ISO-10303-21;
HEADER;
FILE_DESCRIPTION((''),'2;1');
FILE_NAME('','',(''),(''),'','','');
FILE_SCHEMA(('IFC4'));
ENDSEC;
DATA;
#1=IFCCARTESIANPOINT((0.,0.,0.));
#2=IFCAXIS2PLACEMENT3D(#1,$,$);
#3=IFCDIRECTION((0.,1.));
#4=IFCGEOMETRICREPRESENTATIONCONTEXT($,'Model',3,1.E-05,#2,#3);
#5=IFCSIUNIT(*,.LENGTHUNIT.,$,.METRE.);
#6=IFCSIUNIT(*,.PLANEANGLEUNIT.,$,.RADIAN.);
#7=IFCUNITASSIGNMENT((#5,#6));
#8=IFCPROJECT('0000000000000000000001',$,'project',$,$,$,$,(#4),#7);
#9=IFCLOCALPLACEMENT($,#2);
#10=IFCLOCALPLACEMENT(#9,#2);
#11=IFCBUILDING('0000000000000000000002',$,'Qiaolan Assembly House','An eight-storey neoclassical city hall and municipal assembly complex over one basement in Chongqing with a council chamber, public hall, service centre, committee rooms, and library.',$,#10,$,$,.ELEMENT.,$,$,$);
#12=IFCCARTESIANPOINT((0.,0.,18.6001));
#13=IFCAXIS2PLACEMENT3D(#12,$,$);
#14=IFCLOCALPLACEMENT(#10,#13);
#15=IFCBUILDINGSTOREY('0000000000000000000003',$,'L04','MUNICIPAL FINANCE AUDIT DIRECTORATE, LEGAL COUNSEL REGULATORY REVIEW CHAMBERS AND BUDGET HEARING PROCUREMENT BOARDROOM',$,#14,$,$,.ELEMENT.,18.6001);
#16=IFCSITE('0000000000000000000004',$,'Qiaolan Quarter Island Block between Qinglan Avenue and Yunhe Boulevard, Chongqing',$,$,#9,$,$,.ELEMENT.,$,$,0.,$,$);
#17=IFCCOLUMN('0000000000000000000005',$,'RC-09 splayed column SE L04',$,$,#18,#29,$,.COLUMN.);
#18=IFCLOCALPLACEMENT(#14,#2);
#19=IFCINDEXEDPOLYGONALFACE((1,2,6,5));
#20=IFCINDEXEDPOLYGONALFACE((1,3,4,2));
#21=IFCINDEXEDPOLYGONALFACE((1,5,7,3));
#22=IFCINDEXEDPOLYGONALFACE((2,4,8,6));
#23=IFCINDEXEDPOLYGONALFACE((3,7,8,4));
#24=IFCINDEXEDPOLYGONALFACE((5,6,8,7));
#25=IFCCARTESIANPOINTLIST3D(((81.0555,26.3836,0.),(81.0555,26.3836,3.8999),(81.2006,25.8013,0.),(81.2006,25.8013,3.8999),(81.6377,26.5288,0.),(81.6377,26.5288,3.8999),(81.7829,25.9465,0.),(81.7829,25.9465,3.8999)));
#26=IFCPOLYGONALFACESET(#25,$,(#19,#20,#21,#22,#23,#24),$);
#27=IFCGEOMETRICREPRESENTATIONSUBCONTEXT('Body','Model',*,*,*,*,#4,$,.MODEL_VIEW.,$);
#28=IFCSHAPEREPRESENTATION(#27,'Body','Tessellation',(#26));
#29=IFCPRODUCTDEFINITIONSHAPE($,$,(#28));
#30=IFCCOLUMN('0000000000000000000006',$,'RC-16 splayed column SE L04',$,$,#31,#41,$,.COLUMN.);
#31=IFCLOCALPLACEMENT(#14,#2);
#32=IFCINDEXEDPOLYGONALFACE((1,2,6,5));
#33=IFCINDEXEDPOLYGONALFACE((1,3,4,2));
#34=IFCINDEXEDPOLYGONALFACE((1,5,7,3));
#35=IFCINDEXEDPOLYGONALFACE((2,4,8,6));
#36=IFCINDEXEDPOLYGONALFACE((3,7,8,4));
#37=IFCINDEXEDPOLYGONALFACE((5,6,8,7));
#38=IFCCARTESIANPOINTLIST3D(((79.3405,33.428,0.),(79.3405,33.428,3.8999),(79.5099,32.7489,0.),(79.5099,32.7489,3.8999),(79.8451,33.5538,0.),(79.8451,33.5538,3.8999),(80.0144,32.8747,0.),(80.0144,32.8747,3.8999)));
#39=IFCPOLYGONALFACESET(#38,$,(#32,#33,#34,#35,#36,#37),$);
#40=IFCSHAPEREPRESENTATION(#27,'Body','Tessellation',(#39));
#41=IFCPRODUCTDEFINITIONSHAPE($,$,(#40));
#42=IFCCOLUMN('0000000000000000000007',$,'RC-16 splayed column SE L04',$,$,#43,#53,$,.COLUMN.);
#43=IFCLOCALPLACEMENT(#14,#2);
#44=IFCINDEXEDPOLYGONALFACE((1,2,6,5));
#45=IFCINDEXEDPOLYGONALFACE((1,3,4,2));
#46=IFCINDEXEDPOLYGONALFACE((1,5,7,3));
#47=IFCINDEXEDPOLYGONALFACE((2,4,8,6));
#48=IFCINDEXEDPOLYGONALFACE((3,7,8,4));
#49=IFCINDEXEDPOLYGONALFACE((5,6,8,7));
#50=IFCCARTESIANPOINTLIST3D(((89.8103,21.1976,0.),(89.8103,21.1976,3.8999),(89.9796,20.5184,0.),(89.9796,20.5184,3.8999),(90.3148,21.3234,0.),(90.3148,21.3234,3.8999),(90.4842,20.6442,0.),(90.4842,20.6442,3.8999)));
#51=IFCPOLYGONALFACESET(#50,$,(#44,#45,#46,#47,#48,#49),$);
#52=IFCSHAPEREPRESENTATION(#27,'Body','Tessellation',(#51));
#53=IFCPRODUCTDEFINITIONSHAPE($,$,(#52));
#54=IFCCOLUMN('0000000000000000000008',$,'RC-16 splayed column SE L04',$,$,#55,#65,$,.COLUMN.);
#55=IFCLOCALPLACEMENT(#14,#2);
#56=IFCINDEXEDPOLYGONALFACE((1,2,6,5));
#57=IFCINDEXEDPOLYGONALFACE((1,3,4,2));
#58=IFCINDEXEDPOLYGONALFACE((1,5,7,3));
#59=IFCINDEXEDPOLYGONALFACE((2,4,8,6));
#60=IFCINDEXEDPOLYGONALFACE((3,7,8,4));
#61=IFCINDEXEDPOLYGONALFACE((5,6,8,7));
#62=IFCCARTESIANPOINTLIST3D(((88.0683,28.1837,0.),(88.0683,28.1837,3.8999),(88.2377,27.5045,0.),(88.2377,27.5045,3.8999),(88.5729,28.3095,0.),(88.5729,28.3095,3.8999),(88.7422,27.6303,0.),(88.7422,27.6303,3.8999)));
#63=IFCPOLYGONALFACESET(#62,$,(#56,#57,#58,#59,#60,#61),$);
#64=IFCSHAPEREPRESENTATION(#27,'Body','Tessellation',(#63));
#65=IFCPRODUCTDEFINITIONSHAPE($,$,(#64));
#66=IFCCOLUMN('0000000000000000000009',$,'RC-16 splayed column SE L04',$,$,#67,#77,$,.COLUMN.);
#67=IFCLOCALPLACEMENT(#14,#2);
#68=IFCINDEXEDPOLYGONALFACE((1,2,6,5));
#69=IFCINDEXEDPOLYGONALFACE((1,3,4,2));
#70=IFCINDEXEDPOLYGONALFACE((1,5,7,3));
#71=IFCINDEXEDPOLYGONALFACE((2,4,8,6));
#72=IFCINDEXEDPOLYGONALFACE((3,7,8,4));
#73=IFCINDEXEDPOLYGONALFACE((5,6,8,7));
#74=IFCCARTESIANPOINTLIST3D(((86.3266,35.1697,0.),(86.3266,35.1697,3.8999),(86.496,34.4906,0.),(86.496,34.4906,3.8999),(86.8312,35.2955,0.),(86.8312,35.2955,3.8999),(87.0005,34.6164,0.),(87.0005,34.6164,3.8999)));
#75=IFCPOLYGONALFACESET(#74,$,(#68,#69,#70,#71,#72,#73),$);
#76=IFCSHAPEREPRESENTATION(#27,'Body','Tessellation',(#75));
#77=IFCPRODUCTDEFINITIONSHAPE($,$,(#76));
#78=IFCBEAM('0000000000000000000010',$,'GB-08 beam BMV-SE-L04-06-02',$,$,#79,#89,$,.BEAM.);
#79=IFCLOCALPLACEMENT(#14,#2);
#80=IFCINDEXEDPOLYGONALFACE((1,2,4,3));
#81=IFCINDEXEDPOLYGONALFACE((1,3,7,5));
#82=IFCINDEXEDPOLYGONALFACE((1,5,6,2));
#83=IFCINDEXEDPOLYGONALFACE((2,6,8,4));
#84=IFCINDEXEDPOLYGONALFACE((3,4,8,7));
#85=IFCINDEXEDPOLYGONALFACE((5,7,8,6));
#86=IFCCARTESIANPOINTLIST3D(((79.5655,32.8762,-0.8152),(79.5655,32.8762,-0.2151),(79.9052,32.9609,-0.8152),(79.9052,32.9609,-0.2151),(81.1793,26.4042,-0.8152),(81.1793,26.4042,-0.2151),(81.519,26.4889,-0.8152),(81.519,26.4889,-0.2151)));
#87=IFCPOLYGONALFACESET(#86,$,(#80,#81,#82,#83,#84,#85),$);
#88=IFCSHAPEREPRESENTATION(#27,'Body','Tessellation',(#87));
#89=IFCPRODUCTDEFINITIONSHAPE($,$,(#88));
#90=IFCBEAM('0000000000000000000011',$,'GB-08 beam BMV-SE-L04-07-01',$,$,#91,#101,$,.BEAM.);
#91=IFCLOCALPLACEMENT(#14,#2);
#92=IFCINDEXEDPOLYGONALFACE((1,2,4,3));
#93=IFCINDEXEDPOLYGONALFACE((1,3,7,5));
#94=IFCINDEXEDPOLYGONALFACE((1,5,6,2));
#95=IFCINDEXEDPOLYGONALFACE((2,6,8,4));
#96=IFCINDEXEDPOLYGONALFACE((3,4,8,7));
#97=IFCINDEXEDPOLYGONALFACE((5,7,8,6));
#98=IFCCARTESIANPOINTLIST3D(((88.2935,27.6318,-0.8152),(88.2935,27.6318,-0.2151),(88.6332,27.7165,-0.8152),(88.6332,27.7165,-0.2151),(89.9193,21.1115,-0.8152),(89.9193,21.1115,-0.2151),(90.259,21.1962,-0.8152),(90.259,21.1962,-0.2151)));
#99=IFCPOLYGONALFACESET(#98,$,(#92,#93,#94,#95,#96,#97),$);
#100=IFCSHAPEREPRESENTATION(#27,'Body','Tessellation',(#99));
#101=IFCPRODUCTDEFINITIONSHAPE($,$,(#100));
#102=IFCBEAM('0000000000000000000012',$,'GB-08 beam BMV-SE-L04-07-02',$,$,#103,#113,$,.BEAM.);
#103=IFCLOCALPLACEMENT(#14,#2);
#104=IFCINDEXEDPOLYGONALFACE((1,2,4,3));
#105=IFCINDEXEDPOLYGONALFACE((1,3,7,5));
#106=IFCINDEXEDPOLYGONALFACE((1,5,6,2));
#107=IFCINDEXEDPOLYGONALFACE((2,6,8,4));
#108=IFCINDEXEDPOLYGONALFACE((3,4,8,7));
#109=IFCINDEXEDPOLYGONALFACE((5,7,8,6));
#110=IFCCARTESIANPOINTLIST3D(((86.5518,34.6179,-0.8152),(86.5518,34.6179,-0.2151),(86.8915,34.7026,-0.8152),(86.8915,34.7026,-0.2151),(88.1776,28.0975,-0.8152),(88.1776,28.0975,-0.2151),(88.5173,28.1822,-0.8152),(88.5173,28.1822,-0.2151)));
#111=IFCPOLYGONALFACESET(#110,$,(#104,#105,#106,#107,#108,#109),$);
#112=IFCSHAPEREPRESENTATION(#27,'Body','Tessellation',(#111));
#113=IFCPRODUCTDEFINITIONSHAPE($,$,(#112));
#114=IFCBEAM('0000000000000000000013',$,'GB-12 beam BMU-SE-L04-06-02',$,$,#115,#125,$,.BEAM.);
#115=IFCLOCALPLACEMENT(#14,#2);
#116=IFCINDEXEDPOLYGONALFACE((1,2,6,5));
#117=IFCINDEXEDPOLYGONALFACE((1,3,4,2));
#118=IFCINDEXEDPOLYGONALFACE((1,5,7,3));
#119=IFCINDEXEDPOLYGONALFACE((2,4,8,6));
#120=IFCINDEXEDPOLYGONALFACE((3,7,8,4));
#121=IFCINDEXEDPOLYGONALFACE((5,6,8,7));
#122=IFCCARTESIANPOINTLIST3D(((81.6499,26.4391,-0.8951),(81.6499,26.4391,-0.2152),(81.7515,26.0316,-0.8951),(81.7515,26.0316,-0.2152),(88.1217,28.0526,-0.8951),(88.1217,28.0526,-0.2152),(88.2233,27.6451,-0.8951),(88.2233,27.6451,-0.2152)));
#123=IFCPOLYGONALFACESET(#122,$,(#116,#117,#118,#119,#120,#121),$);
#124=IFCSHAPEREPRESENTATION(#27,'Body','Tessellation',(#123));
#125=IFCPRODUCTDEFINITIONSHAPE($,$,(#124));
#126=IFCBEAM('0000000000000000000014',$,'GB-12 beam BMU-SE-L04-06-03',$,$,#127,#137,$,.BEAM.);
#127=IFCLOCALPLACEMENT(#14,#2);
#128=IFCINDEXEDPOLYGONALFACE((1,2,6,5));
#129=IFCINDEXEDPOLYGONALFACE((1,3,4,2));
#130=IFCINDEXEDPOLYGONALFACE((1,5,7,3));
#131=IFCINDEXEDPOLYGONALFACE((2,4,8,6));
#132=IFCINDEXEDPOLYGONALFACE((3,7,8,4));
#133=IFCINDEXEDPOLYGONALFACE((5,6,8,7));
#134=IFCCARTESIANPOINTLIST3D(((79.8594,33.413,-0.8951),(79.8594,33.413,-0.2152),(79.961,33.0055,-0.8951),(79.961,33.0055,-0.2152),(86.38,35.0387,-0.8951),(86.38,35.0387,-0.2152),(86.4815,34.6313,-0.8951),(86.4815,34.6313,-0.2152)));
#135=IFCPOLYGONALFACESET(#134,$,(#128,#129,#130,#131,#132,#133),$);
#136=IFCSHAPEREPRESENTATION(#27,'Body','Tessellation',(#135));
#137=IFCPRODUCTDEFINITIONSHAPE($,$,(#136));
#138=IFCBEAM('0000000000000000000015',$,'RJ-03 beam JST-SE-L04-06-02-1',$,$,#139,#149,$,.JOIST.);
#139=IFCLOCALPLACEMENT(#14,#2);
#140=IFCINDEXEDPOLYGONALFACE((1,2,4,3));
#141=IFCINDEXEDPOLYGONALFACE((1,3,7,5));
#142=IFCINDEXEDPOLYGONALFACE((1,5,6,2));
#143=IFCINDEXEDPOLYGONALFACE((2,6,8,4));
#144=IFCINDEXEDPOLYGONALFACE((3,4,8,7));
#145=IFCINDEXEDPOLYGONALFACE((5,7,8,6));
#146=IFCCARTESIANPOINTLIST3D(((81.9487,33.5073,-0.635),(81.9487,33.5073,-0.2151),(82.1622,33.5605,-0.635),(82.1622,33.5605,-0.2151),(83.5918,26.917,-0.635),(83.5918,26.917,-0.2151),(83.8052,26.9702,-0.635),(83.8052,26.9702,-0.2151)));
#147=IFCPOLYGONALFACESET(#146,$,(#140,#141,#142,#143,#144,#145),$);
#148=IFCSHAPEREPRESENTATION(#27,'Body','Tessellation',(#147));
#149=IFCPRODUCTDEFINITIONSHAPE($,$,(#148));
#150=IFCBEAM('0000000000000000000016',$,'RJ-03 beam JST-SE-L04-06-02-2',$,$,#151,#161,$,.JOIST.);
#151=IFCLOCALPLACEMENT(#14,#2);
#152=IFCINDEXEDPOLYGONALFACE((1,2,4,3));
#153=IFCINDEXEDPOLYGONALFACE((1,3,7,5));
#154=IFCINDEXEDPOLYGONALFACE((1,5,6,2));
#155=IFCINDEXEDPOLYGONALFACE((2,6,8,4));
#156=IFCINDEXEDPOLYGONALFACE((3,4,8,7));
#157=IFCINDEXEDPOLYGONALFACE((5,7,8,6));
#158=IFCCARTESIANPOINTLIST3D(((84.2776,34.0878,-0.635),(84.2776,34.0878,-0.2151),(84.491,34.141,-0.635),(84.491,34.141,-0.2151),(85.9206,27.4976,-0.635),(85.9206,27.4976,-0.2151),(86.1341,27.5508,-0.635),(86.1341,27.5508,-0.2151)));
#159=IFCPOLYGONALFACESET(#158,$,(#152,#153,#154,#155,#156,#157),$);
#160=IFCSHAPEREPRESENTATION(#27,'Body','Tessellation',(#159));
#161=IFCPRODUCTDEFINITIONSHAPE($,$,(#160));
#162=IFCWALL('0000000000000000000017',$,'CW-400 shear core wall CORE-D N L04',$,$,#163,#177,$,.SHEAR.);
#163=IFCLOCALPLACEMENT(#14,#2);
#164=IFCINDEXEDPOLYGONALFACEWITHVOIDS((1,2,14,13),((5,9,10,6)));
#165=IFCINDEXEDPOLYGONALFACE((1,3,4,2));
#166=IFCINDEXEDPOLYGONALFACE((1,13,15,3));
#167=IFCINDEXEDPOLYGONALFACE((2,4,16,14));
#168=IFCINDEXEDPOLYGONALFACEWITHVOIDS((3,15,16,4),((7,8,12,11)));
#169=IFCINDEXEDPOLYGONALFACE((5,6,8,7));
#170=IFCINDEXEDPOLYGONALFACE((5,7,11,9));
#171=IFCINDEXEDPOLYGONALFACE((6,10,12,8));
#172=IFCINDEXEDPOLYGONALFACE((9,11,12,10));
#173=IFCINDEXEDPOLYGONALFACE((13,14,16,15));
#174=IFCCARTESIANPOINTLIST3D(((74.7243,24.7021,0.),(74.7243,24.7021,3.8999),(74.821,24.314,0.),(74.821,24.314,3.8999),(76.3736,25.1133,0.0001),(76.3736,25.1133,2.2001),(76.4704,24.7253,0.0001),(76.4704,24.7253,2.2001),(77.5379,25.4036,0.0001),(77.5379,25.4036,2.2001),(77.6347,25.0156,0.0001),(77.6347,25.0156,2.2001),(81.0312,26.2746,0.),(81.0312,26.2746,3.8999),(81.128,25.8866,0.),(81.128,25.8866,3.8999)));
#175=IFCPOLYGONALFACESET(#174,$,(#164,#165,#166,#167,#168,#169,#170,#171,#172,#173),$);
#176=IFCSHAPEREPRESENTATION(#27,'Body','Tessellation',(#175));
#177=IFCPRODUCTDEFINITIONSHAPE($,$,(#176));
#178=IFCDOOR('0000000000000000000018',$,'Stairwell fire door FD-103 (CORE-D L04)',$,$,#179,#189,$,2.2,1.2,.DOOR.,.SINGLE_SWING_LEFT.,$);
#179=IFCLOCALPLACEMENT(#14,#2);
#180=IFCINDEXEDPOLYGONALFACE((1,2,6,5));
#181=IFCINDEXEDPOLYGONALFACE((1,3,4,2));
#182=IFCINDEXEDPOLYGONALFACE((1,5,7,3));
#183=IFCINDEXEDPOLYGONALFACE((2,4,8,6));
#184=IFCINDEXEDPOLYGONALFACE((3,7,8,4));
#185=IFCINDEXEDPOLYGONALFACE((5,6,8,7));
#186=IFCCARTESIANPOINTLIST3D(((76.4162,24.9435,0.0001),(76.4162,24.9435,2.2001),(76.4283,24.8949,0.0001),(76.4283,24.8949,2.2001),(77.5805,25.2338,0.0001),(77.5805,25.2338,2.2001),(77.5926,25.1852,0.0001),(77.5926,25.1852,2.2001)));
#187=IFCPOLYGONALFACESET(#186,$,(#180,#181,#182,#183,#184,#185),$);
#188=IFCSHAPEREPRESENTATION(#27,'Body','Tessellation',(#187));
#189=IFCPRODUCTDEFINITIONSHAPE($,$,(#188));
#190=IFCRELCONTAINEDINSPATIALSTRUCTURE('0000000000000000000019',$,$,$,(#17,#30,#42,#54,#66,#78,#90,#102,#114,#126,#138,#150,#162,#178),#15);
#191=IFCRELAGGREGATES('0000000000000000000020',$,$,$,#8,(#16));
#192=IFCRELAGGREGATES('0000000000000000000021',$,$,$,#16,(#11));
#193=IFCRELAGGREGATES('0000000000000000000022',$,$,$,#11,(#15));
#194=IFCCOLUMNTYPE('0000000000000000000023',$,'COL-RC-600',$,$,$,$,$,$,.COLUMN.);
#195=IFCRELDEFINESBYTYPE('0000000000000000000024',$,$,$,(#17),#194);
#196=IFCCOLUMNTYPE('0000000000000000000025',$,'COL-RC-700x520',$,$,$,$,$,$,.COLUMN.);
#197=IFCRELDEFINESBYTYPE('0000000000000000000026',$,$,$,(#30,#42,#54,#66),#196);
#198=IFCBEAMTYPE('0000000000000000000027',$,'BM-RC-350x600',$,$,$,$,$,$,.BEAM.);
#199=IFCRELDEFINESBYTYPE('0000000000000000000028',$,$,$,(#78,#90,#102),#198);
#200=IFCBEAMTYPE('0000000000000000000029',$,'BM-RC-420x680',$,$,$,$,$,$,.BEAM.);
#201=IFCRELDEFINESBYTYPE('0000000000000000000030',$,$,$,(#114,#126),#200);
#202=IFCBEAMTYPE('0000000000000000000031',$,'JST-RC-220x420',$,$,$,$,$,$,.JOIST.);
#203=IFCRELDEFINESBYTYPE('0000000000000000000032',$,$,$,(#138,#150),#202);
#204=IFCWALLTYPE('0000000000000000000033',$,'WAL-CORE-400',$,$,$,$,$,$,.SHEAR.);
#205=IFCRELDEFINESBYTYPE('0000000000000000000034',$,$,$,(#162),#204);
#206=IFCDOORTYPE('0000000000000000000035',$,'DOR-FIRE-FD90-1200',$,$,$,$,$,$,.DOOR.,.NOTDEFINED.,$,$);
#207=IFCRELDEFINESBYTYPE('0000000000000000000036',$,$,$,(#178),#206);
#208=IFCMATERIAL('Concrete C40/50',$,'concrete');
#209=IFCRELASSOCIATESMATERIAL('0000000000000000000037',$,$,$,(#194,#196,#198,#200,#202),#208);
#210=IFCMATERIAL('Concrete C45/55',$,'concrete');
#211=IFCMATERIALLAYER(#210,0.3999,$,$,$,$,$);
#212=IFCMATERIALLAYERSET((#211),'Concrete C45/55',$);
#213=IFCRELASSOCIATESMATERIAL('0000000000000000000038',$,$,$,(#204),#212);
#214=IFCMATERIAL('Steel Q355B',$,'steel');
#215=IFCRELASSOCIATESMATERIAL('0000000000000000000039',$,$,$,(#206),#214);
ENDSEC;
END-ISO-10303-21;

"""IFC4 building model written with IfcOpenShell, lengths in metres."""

from ifc_helpers import new_model, si_unit, direction, frame, frame_2d, origin, origin_2d, place, context, subcontext, project, spatial, rectangle, extrude, material, layer, layer_set, material_profile, profile_set, type_object, element, fill, save


model = new_model("IFC4")

# Units and contexts
model_context = context("Model", 3, precision=1e-05, world=origin(), true_north=direction((0.0, 1.0)))
body_context = subcontext(model_context, "Body", "Model", "MODEL_VIEW")
ifc_project = project(units=[si_unit("LENGTHUNIT", "METRE"), si_unit("PLANEANGLEUNIT", "RADIAN")], contexts=[model_context])

# Site, building, storey
site_placement = place(None, origin())
site = spatial("IfcSite", under=ifc_project, at=site_placement, Name="Qiaolan Quarter Island Block between Qinglan Avenue and Yunhe Boulevard, Chongqing", CompositionType="ELEMENT", RefElevation=0.0)
building_placement = place(site_placement, origin())
building = spatial("IfcBuilding", under=site, at=building_placement, Name="Qiaolan Assembly House", Description="An eight-storey neoclassical city hall and municipal assembly complex over one basement in Chongqing with a council chamber, public hall, service centre, committee rooms, and library.", CompositionType="ELEMENT")
storey_placement = place(building_placement, frame((0.0, 0.0, 18.6001)))
storey = spatial("IfcBuildingStorey", under=building, at=storey_placement, Name="L04", Description="MUNICIPAL FINANCE AUDIT DIRECTORATE, LEGAL COUNSEL REGULATORY REVIEW CHAMBERS AND BUDGET HEARING PROCUREMENT BOARDROOM", CompositionType="ELEMENT", Elevation=18.6001)

# Columns
ifc_material_1 = material(Name="Concrete C40/50", Category="concrete")
ifc_material_profile_1 = material_profile(ifc_material_1, rectangle(XDim=0.6001, YDim=0.6001, at=origin_2d()), Name="RC 600x600")
ifc_profile_set_1 = profile_set([ifc_material_profile_1], Name="Concrete C40/50")
column_type_1 = type_object("IfcColumnType", Name="COL-RC-600", PredefinedType="COLUMN", material=ifc_profile_set_1)
column_placement = place(storey_placement, frame((81.4192, 26.165, 0.0), z_axis=(0.0, 0.0, 1.0), x_axis=(0.970296, 0.241922, 0.0)))
element("IfcColumn", 1, at=column_placement, inside=storey, type_object=column_type_1, Name="RC-09 splayed column SE L04", PredefinedType="COLUMN", context=body_context, shape_type="SweptSolid", body=[
    extrude(rectangle(XDim=0.6001, YDim=0.6001, at=origin_2d()), origin(), (0.0, 0.0, 1.0), 3.8999),
])
ifc_material_profile_2 = material_profile(ifc_material_1, rectangle(XDim=0.52, YDim=0.7, at=origin_2d()), Name="RC 700x520")
ifc_profile_set_2 = profile_set([ifc_material_profile_2], Name="Concrete C40/50")
column_type_2 = type_object("IfcColumnType", Name="COL-RC-700x520", PredefinedType="COLUMN", material=ifc_profile_set_2)
for number, where, z_axis, x_axis, name in (
    (2, (79.6775, 33.1514, 0.0), (0.0, 0.0, 1.0), (0.970296, 0.241922, 0.0), "RC-16 splayed column SE L04"),
    (3, (90.1472, 20.9209, 0.0), (0.0, 0.0, 1.0), (0.970296, 0.241922, 0.0), "RC-16 splayed column SE L04"),
    (4, (88.4053, 27.907, 0.0), (0.0, 0.0, 1.0), (0.970296, 0.241922, 0.0), "RC-16 splayed column SE L04"),
    (5, (86.6636, 34.8931, 0.0), (0.0, 0.0, 1.0), (0.970296, 0.241922, 0.0), "RC-16 splayed column SE L04"),
):
    element("IfcColumn", number, at=place(storey_placement, frame(where, z_axis=z_axis, x_axis=x_axis)), inside=storey, type_object=column_type_2, Name=name, PredefinedType="COLUMN", context=body_context, shape_type="SweptSolid", body=[
        extrude(rectangle(XDim=0.52, YDim=0.7, at=origin_2d()), origin(), (0.0, 0.0, 1.0), 3.8999),
    ])

# Beams
ifc_material_profile_3 = material_profile(ifc_material_1, rectangle(XDim=0.3501, YDim=0.6001, at=origin_2d()), Name="RCB 350x600")
ifc_profile_set_3 = profile_set([ifc_material_profile_3], Name="Concrete C40/50")
beam_type_1 = type_object("IfcBeamType", Name="BM-RC-350x600", PredefinedType="BEAM", material=ifc_profile_set_3)
beam_1_placement = place(storey_placement, frame((81.3491, 26.4465, -0.5151), z_axis=(-0.241941, 0.970291, 0.0), x_axis=(-0.970291, -0.241941, 0.0)))
element("IfcBeam", 6, at=beam_1_placement, inside=storey, type_object=beam_type_1, Name="GB-08 beam BMV-SE-L04-06-02", PredefinedType="BEAM", context=body_context, shape_type="SweptSolid", body=[
    extrude(rectangle(XDim=0.3501, YDim=0.6001, at=origin_2d()), origin(), (0.0, 0.0, 1.0), 6.6702),
])
for number, where, z_axis, x_axis, name in (
    (7, (90.0891, 21.1538, -0.5151), (-0.241929, 0.970294, 0.0), (-0.970294, -0.241929, 0.0), "GB-08 beam BMV-SE-L04-07-01"),
    (8, (88.3474, 28.1399, -0.5151), (-0.241929, 0.970294, 0.0), (-0.970294, -0.241929, 0.0), "GB-08 beam BMV-SE-L04-07-02"),
):
    element("IfcBeam", number, at=place(storey_placement, frame(where, z_axis=z_axis, x_axis=x_axis)), inside=storey, type_object=beam_type_1, Name=name, PredefinedType="BEAM", context=body_context, shape_type="SweptSolid", body=[
        extrude(rectangle(XDim=0.3501, YDim=0.6001, at=origin_2d()), origin(), (0.0, 0.0, 1.0), 6.72),
    ])
ifc_material_profile_4 = material_profile(ifc_material_1, rectangle(XDim=0.4199, YDim=0.6799, at=origin_2d()), Name="RCB 420x680")
ifc_profile_set_4 = profile_set([ifc_material_profile_4], Name="Concrete C40/50")
beam_type_2 = type_object("IfcBeamType", Name="BM-RC-420x680", PredefinedType="BEAM", material=ifc_profile_set_4)
beam_2_placement = place(storey_placement, frame((81.7007, 26.2354, -0.5552), z_axis=(0.970299, 0.241907, 0.0), x_axis=(-0.241907, 0.970299, 0.0)))
element("IfcBeam", 9, at=beam_2_placement, inside=storey, type_object=beam_type_2, Name="GB-12 beam BMU-SE-L04-06-02", PredefinedType="BEAM", context=body_context, shape_type="SweptSolid", body=[
    extrude(rectangle(XDim=0.4199, YDim=0.6799, at=origin_2d()), origin(), (0.0, 0.0, 1.0), 6.6699),
])
beam_3_placement = place(storey_placement, frame((79.9102, 33.2092, -0.5552), z_axis=(0.970296, 0.24192, 0.0), x_axis=(-0.24192, 0.970296, 0.0)))
element("IfcBeam", 10, at=beam_3_placement, inside=storey, type_object=beam_type_2, Name="GB-12 beam BMU-SE-L04-06-03", PredefinedType="BEAM", context=body_context, shape_type="SweptSolid", body=[
    extrude(rectangle(XDim=0.4199, YDim=0.6799, at=origin_2d()), origin(), (0.0, 0.0, 1.0), 6.7202),
])
ifc_material_profile_5 = material_profile(ifc_material_1, rectangle(XDim=0.22, YDim=0.4199, at=origin_2d()), Name="RCB 220x420")
ifc_profile_set_5 = profile_set([ifc_material_profile_5], Name="Concrete C40/50")
beam_type_3 = type_object("IfcBeamType", Name="JST-RC-220x420", PredefinedType="JOIST", material=ifc_profile_set_5)
for number, where, z_axis, x_axis, name in (
    (11, (83.6985, 26.9436, -0.425), (-0.24191, 0.970299, 0.0), (-0.970299, -0.24191, 0.0), "RJ-03 beam JST-SE-L04-06-02-1"),
    (12, (86.0273, 27.5242, -0.425), (-0.24191, 0.970299, 0.0), (-0.970299, -0.24191, 0.0), "RJ-03 beam JST-SE-L04-06-02-2"),
):
    element("IfcBeam", number, at=place(storey_placement, frame(where, z_axis=z_axis, x_axis=x_axis)), inside=storey, type_object=beam_type_3, Name=name, PredefinedType="JOIST", context=body_context, shape_type="SweptSolid", body=[
        extrude(rectangle(XDim=0.22, YDim=0.4199, at=origin_2d()), origin(), (0.0, 0.0, 1.0), 6.792),
    ])

# Wall, opening, door
ifc_material_2 = material(Name="Concrete C45/55", Category="concrete")
ifc_layer_1 = layer(ifc_material_2, 0.3999)
ifc_layer_set_1 = layer_set([ifc_layer_1], Name="Concrete C45/55")
wall_type_1 = type_object("IfcWallType", Name="WAL-CORE-400", PredefinedType="SHEAR", material=ifc_layer_set_1)
wall_1_placement = place(storey_placement, frame((81.0796, 26.0806, 0.0), z_axis=(0.0, 0.0, 1.0), x_axis=(-0.970295, -0.241926, 0.0)))
wall_1 = element("IfcWall", 13, at=wall_1_placement, inside=storey, type_object=wall_type_1, Name="CW-400 shear core wall CORE-D N L04", PredefinedType="SHEAR", context=body_context, shape_type="SweptSolid", body=[
    extrude(rectangle(XDim=6.5, YDim=0.3999, at=frame_2d((3.25, 0.0))), origin(), (0.0, 0.0, 1.0), 3.8999),
])
opening_1_placement = place(wall_1_placement, frame((3.6001, 0.0, 0.0)))
opening_1 = element("IfcOpeningElement", 14, at=opening_1_placement, cuts=wall_1, PredefinedType="OPENING", context=body_context, shape_type="SweptSolid", body=[
    extrude(rectangle(XDim=1.2, YDim=2.2, at=frame_2d((0.6001, 1.1001))), frame((0.0, 0.21, 0.0), z_axis=(0.0, -1.0, 0.0), x_axis=(1.0, 0.0, 0.0)), (0.0, 0.0, 1.0), 0.4199),
])
ifc_material_3 = material(Name="Steel Q355B", Category="steel")
door_type_1 = type_object("IfcDoorType", Name="DOR-FIRE-FD90-1200", OperationType="NOTDEFINED", PredefinedType="DOOR", material=ifc_material_3)
door_1_placement = place(opening_1_placement, frame((1.2, 0.0, 0.0), z_axis=(0.0, 0.0, 1.0), x_axis=(-1.0, 0.0, 0.0)))
door_1 = element("IfcDoor", 15, at=door_1_placement, inside=storey, type_object=door_type_1, Name="Stairwell fire door FD-103 (CORE-D L04)", OperationType="SINGLE_SWING_LEFT", OverallHeight=2.2, OverallWidth=1.2, PredefinedType="DOOR", context=body_context, shape_type="SweptSolid", body=[
    extrude(rectangle(XDim=1.2, YDim=2.2, at=frame_2d((0.6001, 1.1001))), frame((0.0, 0.0249, 0.0), z_axis=(0.0, -1.0, 0.0), x_axis=(1.0, 0.0, 0.0)), (0.0, 0.0, 1.0), 0.05),
])
fill(opening_1, door_1)

save(model, "model.ifc")
